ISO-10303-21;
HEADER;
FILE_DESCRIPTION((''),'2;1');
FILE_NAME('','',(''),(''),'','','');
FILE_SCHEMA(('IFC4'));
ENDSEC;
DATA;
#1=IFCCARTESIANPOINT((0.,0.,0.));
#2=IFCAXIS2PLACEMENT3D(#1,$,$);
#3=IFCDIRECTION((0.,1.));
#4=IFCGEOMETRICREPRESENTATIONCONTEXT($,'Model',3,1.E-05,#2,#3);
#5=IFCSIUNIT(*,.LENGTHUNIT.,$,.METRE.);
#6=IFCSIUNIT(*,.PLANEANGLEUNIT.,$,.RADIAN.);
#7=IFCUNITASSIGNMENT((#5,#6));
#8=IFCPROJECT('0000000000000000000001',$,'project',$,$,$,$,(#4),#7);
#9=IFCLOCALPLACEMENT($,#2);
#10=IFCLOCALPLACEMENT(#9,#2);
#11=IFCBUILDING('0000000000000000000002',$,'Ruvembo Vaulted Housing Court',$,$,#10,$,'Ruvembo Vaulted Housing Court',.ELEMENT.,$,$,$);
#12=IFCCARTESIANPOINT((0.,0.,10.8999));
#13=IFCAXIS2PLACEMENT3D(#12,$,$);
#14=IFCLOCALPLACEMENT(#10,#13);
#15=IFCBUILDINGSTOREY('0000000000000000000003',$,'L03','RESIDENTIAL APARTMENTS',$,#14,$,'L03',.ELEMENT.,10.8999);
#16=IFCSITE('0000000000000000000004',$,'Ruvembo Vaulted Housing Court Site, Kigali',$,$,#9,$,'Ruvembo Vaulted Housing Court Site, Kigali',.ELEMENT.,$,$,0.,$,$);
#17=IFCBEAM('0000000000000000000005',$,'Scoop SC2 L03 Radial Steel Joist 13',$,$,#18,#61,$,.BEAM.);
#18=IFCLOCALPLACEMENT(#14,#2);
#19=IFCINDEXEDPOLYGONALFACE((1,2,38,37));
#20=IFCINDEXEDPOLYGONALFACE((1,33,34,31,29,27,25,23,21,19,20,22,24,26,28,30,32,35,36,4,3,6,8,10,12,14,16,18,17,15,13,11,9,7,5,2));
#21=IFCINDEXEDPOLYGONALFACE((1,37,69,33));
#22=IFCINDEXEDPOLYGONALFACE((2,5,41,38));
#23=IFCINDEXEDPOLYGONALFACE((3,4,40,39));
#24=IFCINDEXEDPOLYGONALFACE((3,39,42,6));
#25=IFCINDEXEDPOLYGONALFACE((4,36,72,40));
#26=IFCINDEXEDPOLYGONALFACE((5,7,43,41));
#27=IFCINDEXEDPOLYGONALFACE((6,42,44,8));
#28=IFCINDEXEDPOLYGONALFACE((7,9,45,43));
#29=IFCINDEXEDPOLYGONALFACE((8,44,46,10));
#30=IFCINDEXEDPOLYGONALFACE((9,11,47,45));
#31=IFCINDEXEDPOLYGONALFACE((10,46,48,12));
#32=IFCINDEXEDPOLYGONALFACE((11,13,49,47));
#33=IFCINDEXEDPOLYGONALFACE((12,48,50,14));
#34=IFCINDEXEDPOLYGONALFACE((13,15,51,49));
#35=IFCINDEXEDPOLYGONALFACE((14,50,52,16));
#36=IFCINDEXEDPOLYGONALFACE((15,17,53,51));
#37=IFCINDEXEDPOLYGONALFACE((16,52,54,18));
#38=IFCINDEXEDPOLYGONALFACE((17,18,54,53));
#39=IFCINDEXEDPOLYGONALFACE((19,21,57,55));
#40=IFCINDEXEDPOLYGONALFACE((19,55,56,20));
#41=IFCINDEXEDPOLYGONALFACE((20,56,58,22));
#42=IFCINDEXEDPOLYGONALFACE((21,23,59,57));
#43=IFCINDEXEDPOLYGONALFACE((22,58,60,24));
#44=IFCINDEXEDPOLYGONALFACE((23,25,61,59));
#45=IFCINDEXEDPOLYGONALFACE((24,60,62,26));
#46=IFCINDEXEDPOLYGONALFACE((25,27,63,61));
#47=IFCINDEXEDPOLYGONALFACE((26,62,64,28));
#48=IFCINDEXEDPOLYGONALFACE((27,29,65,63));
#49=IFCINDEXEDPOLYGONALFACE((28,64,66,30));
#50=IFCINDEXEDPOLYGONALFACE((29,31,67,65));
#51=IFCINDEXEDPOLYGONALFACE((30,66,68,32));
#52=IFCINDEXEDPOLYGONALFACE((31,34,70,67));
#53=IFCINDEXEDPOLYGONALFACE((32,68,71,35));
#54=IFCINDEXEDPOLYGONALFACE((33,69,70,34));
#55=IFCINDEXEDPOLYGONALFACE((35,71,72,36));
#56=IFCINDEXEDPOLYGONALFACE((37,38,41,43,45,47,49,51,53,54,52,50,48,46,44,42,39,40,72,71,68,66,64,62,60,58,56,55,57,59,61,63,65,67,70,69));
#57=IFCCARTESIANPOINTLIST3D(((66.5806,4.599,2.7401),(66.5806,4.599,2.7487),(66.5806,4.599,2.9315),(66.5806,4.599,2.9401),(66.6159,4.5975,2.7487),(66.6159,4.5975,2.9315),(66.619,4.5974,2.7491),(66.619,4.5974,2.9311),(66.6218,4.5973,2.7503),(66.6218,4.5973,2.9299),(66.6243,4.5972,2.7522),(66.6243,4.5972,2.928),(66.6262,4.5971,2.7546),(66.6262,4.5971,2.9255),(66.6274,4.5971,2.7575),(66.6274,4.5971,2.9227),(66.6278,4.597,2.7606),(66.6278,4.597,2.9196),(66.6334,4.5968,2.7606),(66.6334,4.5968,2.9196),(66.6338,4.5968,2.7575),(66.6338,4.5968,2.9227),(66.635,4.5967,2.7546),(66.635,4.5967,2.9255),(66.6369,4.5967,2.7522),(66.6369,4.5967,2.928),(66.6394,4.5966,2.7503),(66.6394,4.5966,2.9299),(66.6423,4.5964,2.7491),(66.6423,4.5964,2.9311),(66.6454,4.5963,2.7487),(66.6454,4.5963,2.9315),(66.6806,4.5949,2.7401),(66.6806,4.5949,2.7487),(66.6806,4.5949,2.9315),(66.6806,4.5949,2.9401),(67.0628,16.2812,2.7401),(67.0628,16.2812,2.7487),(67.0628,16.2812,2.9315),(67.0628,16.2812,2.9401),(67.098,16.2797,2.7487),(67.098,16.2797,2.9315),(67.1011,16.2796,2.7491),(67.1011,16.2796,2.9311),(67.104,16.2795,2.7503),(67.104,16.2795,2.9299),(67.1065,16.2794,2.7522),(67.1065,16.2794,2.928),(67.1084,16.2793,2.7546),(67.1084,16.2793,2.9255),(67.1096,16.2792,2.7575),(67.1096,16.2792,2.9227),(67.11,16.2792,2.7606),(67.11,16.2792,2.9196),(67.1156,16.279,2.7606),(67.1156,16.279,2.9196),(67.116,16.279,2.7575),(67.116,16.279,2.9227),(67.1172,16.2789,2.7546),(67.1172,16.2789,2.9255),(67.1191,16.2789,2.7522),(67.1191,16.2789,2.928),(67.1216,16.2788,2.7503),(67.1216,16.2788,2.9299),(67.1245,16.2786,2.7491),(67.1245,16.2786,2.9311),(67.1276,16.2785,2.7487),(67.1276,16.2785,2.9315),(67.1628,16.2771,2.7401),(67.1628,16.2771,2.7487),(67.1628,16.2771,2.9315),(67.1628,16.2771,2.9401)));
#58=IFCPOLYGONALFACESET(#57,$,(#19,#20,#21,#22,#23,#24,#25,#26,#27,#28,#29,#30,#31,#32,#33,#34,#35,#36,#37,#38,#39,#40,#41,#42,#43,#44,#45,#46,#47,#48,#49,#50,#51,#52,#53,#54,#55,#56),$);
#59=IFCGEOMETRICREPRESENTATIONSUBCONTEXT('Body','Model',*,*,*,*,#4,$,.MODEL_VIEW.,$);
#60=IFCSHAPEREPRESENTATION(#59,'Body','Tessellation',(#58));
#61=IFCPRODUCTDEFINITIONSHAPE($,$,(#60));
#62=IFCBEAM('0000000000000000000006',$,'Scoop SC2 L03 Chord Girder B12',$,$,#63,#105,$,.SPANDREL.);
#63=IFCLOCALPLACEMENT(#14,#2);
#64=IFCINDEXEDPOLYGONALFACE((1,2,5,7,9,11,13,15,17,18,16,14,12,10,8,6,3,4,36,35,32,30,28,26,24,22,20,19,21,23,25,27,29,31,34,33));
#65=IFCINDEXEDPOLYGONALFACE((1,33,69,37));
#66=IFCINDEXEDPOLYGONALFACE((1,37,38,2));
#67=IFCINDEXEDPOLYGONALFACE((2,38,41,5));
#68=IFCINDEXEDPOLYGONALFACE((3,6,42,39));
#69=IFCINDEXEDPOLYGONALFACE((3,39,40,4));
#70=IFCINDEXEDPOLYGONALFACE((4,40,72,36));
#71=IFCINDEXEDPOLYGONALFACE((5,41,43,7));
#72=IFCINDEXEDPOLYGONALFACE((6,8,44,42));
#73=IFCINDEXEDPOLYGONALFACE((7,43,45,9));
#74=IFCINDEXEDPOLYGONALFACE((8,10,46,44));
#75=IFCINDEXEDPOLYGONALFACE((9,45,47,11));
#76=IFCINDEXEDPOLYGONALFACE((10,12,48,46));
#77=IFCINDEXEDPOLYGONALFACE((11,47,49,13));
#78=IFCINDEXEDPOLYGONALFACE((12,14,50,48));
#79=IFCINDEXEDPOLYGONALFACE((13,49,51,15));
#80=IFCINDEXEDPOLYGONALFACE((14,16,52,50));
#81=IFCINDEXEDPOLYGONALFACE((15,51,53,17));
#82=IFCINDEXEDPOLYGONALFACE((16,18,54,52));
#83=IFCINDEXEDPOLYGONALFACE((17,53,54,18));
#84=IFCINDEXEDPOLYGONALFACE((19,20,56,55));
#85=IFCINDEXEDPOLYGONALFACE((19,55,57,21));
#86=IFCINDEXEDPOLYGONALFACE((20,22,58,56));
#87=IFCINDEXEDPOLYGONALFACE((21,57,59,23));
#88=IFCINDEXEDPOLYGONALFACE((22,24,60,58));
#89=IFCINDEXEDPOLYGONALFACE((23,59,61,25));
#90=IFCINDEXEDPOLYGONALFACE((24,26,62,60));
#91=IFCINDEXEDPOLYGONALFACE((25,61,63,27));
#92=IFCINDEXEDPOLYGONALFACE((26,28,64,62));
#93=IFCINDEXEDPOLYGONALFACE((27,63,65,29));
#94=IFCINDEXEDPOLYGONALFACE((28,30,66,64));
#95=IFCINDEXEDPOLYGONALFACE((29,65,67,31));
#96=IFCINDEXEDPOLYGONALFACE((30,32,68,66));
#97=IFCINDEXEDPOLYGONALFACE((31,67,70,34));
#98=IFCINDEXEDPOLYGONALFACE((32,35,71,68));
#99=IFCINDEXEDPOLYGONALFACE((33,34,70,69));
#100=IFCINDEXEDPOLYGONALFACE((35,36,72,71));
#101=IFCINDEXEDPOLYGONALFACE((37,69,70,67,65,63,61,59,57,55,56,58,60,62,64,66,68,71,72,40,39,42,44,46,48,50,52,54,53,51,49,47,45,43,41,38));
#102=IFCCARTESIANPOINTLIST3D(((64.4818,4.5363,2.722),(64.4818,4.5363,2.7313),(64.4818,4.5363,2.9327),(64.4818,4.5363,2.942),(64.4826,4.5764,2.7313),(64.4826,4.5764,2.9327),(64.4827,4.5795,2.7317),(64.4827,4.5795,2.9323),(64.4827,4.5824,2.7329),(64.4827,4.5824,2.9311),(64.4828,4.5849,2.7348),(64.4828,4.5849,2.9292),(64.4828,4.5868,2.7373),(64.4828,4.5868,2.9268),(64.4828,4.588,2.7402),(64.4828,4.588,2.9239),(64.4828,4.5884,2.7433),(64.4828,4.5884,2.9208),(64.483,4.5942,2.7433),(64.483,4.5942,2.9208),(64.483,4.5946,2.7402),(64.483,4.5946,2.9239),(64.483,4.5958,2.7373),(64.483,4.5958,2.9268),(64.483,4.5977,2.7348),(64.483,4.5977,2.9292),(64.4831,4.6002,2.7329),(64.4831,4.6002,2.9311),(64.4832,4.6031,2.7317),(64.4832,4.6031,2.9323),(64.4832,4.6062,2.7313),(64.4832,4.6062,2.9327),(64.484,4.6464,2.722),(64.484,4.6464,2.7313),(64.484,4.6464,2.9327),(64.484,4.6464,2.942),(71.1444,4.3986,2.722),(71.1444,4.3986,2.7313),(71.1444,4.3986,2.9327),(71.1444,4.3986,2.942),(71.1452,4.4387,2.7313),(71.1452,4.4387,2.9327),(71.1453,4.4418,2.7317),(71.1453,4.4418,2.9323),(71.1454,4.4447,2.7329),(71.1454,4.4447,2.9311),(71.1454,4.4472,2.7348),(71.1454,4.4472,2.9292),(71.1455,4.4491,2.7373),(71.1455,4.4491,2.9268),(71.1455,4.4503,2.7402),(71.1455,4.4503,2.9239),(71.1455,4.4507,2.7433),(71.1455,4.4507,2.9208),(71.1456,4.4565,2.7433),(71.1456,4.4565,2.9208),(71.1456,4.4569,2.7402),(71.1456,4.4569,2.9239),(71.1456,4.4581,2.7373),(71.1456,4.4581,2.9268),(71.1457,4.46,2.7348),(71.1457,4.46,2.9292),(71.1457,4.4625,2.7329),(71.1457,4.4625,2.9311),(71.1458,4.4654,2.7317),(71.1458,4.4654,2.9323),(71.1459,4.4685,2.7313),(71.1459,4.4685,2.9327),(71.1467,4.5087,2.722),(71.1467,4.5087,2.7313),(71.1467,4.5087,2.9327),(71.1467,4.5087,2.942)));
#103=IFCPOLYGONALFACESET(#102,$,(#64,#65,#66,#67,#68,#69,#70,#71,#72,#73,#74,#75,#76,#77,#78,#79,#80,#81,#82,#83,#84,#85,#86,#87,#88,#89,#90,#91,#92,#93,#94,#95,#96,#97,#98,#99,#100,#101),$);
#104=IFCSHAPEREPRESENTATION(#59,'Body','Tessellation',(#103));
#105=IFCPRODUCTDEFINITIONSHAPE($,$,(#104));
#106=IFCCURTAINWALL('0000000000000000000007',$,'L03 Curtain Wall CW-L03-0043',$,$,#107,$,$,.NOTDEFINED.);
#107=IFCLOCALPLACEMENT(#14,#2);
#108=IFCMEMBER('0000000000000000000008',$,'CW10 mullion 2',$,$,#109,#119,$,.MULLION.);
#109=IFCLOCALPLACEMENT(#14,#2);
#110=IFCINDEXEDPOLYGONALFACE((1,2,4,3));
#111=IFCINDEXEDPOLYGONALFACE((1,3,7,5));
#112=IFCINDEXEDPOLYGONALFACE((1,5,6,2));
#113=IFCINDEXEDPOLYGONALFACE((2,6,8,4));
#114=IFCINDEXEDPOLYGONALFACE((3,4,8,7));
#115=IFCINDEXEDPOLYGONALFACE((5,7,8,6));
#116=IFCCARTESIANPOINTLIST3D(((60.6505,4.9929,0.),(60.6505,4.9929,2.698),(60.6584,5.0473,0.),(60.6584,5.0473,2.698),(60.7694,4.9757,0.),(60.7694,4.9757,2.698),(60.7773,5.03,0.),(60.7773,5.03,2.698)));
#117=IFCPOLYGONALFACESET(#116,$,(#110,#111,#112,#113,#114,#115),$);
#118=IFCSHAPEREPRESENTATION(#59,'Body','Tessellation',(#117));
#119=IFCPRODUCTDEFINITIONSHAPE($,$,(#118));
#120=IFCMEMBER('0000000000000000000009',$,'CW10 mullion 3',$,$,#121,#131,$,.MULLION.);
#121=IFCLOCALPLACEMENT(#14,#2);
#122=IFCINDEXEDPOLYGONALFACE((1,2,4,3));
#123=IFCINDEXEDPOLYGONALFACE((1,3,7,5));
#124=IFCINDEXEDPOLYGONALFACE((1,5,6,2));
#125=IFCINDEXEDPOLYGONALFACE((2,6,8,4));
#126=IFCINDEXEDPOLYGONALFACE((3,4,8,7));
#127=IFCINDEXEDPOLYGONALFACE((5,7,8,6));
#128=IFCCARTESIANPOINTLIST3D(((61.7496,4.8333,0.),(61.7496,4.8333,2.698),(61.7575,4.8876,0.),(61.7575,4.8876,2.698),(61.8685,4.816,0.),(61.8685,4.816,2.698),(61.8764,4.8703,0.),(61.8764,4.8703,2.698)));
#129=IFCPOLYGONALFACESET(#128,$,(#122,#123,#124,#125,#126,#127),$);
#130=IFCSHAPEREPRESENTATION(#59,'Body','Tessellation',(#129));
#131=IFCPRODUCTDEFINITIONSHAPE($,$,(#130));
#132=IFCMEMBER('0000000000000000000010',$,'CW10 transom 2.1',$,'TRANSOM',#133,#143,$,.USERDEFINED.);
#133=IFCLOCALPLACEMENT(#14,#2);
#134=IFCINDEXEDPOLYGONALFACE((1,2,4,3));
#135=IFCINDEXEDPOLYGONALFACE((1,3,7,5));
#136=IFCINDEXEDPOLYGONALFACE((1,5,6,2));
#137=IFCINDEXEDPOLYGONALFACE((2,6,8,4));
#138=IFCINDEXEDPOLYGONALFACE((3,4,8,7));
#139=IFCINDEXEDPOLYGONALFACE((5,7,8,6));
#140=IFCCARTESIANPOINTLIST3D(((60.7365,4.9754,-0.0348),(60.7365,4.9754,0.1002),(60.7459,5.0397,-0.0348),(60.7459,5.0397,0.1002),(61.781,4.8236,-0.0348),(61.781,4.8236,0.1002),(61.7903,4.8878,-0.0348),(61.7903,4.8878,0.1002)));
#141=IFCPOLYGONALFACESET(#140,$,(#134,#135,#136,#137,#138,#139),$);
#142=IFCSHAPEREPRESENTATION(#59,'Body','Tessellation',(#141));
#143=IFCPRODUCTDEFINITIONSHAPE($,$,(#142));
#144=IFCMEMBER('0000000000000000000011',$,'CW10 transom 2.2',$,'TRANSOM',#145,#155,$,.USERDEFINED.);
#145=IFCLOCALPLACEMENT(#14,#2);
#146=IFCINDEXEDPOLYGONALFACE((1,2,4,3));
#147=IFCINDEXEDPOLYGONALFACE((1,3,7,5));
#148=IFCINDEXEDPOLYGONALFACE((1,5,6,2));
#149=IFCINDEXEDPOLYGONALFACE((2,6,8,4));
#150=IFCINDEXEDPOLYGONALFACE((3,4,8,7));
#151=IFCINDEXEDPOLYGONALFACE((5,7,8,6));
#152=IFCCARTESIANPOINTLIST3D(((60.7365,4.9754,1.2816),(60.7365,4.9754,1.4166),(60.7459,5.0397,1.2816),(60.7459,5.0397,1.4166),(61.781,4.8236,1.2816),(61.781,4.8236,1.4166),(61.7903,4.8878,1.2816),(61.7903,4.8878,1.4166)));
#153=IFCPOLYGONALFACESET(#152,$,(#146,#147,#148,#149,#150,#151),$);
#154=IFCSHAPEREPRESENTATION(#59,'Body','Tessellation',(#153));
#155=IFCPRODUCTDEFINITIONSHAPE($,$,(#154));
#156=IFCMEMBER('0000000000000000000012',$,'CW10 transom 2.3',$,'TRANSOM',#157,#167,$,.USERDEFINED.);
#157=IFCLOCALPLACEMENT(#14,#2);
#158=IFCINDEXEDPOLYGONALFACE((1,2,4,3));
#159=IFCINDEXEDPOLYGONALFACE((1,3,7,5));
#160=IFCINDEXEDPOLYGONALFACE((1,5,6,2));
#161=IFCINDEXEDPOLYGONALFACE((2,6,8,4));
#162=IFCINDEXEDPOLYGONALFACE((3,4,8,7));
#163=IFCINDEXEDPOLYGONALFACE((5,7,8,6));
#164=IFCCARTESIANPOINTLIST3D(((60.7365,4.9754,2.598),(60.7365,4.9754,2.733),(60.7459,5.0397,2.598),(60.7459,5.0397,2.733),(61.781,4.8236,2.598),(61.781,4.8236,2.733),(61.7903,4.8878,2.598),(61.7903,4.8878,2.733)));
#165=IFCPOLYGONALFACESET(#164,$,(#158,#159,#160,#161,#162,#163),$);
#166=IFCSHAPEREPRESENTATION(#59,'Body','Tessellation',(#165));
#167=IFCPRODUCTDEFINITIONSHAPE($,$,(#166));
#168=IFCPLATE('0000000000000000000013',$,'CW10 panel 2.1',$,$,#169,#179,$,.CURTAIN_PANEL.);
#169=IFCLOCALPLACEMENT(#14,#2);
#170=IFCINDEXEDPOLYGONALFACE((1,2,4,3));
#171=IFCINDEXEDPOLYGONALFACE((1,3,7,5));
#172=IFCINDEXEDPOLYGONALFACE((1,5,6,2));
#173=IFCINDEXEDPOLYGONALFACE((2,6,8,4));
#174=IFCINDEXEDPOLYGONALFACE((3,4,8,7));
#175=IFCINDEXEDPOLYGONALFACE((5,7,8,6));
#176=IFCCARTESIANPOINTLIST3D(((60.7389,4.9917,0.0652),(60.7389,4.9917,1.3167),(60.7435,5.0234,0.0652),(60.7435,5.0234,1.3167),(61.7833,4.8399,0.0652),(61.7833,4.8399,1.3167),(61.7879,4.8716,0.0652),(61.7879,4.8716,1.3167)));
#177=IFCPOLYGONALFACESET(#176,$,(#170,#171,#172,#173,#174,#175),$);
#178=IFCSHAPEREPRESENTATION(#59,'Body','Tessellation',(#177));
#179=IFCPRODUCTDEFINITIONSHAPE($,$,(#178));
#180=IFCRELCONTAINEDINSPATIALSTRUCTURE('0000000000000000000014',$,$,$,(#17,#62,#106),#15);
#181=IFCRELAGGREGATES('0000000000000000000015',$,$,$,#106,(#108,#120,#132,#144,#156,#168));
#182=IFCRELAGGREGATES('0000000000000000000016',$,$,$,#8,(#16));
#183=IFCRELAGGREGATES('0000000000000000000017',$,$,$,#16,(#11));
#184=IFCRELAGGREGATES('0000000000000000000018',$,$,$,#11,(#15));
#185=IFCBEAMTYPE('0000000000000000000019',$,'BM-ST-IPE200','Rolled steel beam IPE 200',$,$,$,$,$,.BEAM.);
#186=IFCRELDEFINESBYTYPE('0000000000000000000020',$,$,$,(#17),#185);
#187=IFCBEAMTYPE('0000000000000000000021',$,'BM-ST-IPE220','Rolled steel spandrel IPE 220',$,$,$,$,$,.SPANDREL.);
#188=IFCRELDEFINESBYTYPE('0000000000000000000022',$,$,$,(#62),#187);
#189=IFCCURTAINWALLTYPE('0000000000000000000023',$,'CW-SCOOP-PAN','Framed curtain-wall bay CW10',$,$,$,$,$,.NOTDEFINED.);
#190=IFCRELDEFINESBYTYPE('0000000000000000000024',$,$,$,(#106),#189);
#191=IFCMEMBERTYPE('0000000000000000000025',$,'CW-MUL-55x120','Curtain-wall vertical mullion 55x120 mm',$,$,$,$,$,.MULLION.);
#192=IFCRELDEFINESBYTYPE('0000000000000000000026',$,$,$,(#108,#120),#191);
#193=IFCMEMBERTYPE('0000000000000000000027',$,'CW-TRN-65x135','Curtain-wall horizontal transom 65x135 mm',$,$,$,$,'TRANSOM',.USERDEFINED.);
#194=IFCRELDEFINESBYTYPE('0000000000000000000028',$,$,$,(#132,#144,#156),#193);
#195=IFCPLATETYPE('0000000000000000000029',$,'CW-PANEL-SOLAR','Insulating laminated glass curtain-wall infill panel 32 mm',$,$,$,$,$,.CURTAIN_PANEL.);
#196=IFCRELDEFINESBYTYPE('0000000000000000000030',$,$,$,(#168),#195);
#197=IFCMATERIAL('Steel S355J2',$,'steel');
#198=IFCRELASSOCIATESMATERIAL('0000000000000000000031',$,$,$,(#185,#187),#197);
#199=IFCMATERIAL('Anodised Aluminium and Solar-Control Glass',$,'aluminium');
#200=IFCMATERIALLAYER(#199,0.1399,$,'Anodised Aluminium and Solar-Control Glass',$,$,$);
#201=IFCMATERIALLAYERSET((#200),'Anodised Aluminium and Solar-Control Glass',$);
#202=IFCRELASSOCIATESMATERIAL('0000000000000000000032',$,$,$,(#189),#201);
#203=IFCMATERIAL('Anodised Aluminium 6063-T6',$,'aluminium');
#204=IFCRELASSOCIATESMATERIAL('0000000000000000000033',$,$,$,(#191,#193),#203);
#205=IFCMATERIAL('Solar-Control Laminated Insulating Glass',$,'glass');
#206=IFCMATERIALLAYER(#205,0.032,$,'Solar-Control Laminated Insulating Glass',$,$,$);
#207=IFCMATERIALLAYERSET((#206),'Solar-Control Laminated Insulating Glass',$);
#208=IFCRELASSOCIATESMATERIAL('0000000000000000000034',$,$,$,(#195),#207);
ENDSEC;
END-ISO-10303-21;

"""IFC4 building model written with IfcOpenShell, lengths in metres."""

from ifc_helpers import new_model, si_unit, direction, frame, origin, origin_2d, place, context, subcontext, project, spatial, rectangle, i_section, extrude, material, layer, layer_set, material_profile, profile_set, type_object, element, aggregate, save


model = new_model("IFC4")

# Units and contexts
model_context = context("Model", 3, precision=1e-05, world=origin(), true_north=direction((0.0, 1.0)))
body_context = subcontext(model_context, "Body", "Model", "MODEL_VIEW")
ifc_project = project(units=[si_unit("LENGTHUNIT", "METRE"), si_unit("PLANEANGLEUNIT", "RADIAN")], contexts=[model_context])

# Site, building, storey
site_placement = place(None, origin())
site = spatial("IfcSite", under=ifc_project, at=site_placement, Name="Ruvembo Vaulted Housing Court Site, Kigali", LongName="Ruvembo Vaulted Housing Court Site, Kigali", CompositionType="ELEMENT", RefElevation=0.0)
building_placement = place(site_placement, origin())
building = spatial("IfcBuilding", under=site, at=building_placement, Name="Ruvembo Vaulted Housing Court", LongName="Ruvembo Vaulted Housing Court", CompositionType="ELEMENT")
storey_placement = place(building_placement, frame((0.0, 0.0, 10.8999)))
storey = spatial("IfcBuildingStorey", under=building, at=storey_placement, Name="L03", Description="RESIDENTIAL APARTMENTS", LongName="L03", CompositionType="ELEMENT", Elevation=10.8999)

# Beams
ifc_material_1 = material(Name="Steel S355J2", Category="steel")
ifc_material_profile_1 = material_profile(ifc_material_1, i_section(OverallWidth=0.1001, OverallDepth=0.2, WebThickness=0.0056, FlangeThickness=0.0085, FilletRadius=0.012, at=origin_2d()), Name="IPE 200")
ifc_profile_set_1 = profile_set([ifc_material_profile_1], Name="Steel S355J2")
beam_type_1 = type_object("IfcBeamType", Name="BM-ST-IPE200", Description="Rolled steel beam IPE 200", PredefinedType="BEAM", material=ifc_profile_set_1)
beam_1_placement = place(storey_placement, frame((66.6306, 4.5969, 2.8401), z_axis=(0.04124, 0.999149, 0.0), x_axis=(-0.999149, 0.04124, 0.0)))
element("IfcBeam", 1, at=beam_1_placement, inside=storey, type_object=beam_type_1, Name="Scoop SC2 L03 Radial Steel Joist 13", PredefinedType="BEAM", context=body_context, shape_type="SweptSolid", body=[
    extrude(i_section(OverallWidth=0.1001, OverallDepth=0.2, WebThickness=0.0056, FlangeThickness=0.0085, FilletRadius=0.012, at=origin_2d()), origin(), (0.0, 0.0, 1.0), 11.6921),
])
ifc_material_profile_2 = material_profile(ifc_material_1, i_section(OverallWidth=0.1101, OverallDepth=0.22, WebThickness=0.0059, FlangeThickness=0.0093, FilletRadius=0.012, at=origin_2d()), Name="IPE 220")
ifc_profile_set_2 = profile_set([ifc_material_profile_2], Name="Steel S355J2")
beam_type_2 = type_object("IfcBeamType", Name="BM-ST-IPE220", Description="Rolled steel spandrel IPE 220", PredefinedType="SPANDREL", material=ifc_profile_set_2)
beam_2_placement = place(storey_placement, frame((64.4829, 4.5913, 2.832), z_axis=(0.999787, -0.020662, 0.0), x_axis=(0.020662, 0.999787, 0.0)))
element("IfcBeam", 2, at=beam_2_placement, inside=storey, type_object=beam_type_2, Name="Scoop SC2 L03 Chord Girder B12", PredefinedType="SPANDREL", context=body_context, shape_type="SweptSolid", body=[
    extrude(i_section(OverallWidth=0.1101, OverallDepth=0.22, WebThickness=0.0059, FlangeThickness=0.0093, FilletRadius=0.012, at=origin_2d()), origin(), (0.0, 0.0, 1.0), 6.6641),
])

# Curtain wall, members, plate
ifc_material_2 = material(Name="Anodised Aluminium and Solar-Control Glass", Category="aluminium")
ifc_layer_1 = layer(ifc_material_2, 0.1399, Name="Anodised Aluminium and Solar-Control Glass")
ifc_layer_set_1 = layer_set([ifc_layer_1], Name="Anodised Aluminium and Solar-Control Glass")
curtain_wall_type = type_object("IfcCurtainWallType", Name="CW-SCOOP-PAN", Description="Framed curtain-wall bay CW10", PredefinedType="NOTDEFINED", material=ifc_layer_set_1)
curtain_wall_placement = place(storey_placement, origin())
curtain_wall = element("IfcCurtainWall", 3, at=curtain_wall_placement, inside=storey, type_object=curtain_wall_type, Name="L03 Curtain Wall CW-L03-0043", PredefinedType="NOTDEFINED")
ifc_material_3 = material(Name="Anodised Aluminium 6063-T6", Category="aluminium")
ifc_material_profile_3 = material_profile(ifc_material_3, rectangle(XDim=0.0549, YDim=0.1201, at=origin_2d()), Name="ALU 55x120")
ifc_profile_set_3 = profile_set([ifc_material_profile_3], Name="Anodised Aluminium 6063-T6")
member_type_1 = type_object("IfcMemberType", Name="CW-MUL-55x120", Description="Curtain-wall vertical mullion 55x120 mm", PredefinedType="MULLION", material=ifc_profile_set_3)
member_1_placement = place(storey_placement, frame((60.7139, 5.0115, 0.0), z_axis=(0.0, 0.0, 1.0), x_axis=(0.143851, 0.989599, 0.0)))
member_1 = element("IfcMember", 4, at=member_1_placement, type_object=member_type_1, Name="CW10 mullion 2", PredefinedType="MULLION", context=body_context, shape_type="SweptSolid", body=[
    extrude(rectangle(XDim=0.0549, YDim=0.1201, at=origin_2d()), origin(), (0.0, 0.0, 1.0), 2.698),
])
member_2_placement = place(storey_placement, frame((61.813, 4.8518, 0.0), z_axis=(0.0, 0.0, 1.0), x_axis=(0.143851, 0.989599, 0.0)))
member_2 = element("IfcMember", 5, at=member_2_placement, type_object=member_type_1, Name="CW10 mullion 3", PredefinedType="MULLION", context=body_context, shape_type="SweptSolid", body=[
    extrude(rectangle(XDim=0.0549, YDim=0.1201, at=origin_2d()), origin(), (0.0, 0.0, 1.0), 2.698),
])
ifc_material_profile_4 = material_profile(ifc_material_3, rectangle(XDim=0.0649, YDim=0.135, at=origin_2d()), Name="ALU 65x135")
ifc_profile_set_4 = profile_set([ifc_material_profile_4], Name="Anodised Aluminium 6063-T6")
member_type_2 = type_object("IfcMemberType", Name="CW-TRN-65x135", Description="Curtain-wall horizontal transom 65x135 mm", ElementType="TRANSOM", PredefinedType="USERDEFINED", material=ifc_profile_set_4)
member_3_placement = place(storey_placement, frame((60.7412, 5.0076, 0.0327), z_axis=(0.989595, -0.143882, 0.0), x_axis=(0.143882, 0.989595, 0.0)))
member_3 = element("IfcMember", 6, at=member_3_placement, type_object=member_type_2, Name="CW10 transom 2.1", ObjectType="TRANSOM", PredefinedType="USERDEFINED", context=body_context, shape_type="SweptSolid", body=[
    extrude(rectangle(XDim=0.0649, YDim=0.135, at=origin_2d()), origin(), (0.0, 0.0, 1.0), 1.0554),
])
member_4_placement = place(storey_placement, frame((60.7412, 5.0076, 1.3491), z_axis=(0.989595, -0.143882, 0.0), x_axis=(0.143882, 0.989595, 0.0)))
member_4 = element("IfcMember", 7, at=member_4_placement, type_object=member_type_2, Name="CW10 transom 2.2", ObjectType="TRANSOM", PredefinedType="USERDEFINED", context=body_context, shape_type="SweptSolid", body=[
    extrude(rectangle(XDim=0.0649, YDim=0.135, at=origin_2d()), origin(), (0.0, 0.0, 1.0), 1.0554),
])
member_5_placement = place(storey_placement, frame((60.7412, 5.0076, 2.6655), z_axis=(0.989595, -0.143882, 0.0), x_axis=(0.143882, 0.989595, 0.0)))
member_5 = element("IfcMember", 8, at=member_5_placement, type_object=member_type_2, Name="CW10 transom 2.3", ObjectType="TRANSOM", PredefinedType="USERDEFINED", context=body_context, shape_type="SweptSolid", body=[
    extrude(rectangle(XDim=0.0649, YDim=0.135, at=origin_2d()), origin(), (0.0, 0.0, 1.0), 1.0554),
])
ifc_material_4 = material(Name="Solar-Control Laminated Insulating Glass", Category="glass")
ifc_layer_2 = layer(ifc_material_4, 0.032, Name="Solar-Control Laminated Insulating Glass")
ifc_layer_set_2 = layer_set([ifc_layer_2], Name="Solar-Control Laminated Insulating Glass")
plate_type_1 = type_object("IfcPlateType", Name="CW-PANEL-SOLAR", Description="Insulating laminated glass curtain-wall infill panel 32 mm", PredefinedType="CURTAIN_PANEL", material=ifc_layer_set_2)
plate_1_placement = place(storey_placement, frame((61.2634, 4.9316, 0.0652), z_axis=(0.0, 0.0, 1.0), x_axis=(0.989599, -0.143851, 0.0)))
plate_1 = element("IfcPlate", 9, at=plate_1_placement, type_object=plate_type_1, Name="CW10 panel 2.1", PredefinedType="CURTAIN_PANEL", context=body_context, shape_type="SweptSolid", body=[
    extrude(rectangle(XDim=1.0554, YDim=0.032, at=origin_2d()), origin(), (0.0, 0.0, 1.0), 1.2515),
])
aggregate(curtain_wall, [member_1, member_2, member_3, member_4, member_5, plate_1])

save(model, "model.ifc")
